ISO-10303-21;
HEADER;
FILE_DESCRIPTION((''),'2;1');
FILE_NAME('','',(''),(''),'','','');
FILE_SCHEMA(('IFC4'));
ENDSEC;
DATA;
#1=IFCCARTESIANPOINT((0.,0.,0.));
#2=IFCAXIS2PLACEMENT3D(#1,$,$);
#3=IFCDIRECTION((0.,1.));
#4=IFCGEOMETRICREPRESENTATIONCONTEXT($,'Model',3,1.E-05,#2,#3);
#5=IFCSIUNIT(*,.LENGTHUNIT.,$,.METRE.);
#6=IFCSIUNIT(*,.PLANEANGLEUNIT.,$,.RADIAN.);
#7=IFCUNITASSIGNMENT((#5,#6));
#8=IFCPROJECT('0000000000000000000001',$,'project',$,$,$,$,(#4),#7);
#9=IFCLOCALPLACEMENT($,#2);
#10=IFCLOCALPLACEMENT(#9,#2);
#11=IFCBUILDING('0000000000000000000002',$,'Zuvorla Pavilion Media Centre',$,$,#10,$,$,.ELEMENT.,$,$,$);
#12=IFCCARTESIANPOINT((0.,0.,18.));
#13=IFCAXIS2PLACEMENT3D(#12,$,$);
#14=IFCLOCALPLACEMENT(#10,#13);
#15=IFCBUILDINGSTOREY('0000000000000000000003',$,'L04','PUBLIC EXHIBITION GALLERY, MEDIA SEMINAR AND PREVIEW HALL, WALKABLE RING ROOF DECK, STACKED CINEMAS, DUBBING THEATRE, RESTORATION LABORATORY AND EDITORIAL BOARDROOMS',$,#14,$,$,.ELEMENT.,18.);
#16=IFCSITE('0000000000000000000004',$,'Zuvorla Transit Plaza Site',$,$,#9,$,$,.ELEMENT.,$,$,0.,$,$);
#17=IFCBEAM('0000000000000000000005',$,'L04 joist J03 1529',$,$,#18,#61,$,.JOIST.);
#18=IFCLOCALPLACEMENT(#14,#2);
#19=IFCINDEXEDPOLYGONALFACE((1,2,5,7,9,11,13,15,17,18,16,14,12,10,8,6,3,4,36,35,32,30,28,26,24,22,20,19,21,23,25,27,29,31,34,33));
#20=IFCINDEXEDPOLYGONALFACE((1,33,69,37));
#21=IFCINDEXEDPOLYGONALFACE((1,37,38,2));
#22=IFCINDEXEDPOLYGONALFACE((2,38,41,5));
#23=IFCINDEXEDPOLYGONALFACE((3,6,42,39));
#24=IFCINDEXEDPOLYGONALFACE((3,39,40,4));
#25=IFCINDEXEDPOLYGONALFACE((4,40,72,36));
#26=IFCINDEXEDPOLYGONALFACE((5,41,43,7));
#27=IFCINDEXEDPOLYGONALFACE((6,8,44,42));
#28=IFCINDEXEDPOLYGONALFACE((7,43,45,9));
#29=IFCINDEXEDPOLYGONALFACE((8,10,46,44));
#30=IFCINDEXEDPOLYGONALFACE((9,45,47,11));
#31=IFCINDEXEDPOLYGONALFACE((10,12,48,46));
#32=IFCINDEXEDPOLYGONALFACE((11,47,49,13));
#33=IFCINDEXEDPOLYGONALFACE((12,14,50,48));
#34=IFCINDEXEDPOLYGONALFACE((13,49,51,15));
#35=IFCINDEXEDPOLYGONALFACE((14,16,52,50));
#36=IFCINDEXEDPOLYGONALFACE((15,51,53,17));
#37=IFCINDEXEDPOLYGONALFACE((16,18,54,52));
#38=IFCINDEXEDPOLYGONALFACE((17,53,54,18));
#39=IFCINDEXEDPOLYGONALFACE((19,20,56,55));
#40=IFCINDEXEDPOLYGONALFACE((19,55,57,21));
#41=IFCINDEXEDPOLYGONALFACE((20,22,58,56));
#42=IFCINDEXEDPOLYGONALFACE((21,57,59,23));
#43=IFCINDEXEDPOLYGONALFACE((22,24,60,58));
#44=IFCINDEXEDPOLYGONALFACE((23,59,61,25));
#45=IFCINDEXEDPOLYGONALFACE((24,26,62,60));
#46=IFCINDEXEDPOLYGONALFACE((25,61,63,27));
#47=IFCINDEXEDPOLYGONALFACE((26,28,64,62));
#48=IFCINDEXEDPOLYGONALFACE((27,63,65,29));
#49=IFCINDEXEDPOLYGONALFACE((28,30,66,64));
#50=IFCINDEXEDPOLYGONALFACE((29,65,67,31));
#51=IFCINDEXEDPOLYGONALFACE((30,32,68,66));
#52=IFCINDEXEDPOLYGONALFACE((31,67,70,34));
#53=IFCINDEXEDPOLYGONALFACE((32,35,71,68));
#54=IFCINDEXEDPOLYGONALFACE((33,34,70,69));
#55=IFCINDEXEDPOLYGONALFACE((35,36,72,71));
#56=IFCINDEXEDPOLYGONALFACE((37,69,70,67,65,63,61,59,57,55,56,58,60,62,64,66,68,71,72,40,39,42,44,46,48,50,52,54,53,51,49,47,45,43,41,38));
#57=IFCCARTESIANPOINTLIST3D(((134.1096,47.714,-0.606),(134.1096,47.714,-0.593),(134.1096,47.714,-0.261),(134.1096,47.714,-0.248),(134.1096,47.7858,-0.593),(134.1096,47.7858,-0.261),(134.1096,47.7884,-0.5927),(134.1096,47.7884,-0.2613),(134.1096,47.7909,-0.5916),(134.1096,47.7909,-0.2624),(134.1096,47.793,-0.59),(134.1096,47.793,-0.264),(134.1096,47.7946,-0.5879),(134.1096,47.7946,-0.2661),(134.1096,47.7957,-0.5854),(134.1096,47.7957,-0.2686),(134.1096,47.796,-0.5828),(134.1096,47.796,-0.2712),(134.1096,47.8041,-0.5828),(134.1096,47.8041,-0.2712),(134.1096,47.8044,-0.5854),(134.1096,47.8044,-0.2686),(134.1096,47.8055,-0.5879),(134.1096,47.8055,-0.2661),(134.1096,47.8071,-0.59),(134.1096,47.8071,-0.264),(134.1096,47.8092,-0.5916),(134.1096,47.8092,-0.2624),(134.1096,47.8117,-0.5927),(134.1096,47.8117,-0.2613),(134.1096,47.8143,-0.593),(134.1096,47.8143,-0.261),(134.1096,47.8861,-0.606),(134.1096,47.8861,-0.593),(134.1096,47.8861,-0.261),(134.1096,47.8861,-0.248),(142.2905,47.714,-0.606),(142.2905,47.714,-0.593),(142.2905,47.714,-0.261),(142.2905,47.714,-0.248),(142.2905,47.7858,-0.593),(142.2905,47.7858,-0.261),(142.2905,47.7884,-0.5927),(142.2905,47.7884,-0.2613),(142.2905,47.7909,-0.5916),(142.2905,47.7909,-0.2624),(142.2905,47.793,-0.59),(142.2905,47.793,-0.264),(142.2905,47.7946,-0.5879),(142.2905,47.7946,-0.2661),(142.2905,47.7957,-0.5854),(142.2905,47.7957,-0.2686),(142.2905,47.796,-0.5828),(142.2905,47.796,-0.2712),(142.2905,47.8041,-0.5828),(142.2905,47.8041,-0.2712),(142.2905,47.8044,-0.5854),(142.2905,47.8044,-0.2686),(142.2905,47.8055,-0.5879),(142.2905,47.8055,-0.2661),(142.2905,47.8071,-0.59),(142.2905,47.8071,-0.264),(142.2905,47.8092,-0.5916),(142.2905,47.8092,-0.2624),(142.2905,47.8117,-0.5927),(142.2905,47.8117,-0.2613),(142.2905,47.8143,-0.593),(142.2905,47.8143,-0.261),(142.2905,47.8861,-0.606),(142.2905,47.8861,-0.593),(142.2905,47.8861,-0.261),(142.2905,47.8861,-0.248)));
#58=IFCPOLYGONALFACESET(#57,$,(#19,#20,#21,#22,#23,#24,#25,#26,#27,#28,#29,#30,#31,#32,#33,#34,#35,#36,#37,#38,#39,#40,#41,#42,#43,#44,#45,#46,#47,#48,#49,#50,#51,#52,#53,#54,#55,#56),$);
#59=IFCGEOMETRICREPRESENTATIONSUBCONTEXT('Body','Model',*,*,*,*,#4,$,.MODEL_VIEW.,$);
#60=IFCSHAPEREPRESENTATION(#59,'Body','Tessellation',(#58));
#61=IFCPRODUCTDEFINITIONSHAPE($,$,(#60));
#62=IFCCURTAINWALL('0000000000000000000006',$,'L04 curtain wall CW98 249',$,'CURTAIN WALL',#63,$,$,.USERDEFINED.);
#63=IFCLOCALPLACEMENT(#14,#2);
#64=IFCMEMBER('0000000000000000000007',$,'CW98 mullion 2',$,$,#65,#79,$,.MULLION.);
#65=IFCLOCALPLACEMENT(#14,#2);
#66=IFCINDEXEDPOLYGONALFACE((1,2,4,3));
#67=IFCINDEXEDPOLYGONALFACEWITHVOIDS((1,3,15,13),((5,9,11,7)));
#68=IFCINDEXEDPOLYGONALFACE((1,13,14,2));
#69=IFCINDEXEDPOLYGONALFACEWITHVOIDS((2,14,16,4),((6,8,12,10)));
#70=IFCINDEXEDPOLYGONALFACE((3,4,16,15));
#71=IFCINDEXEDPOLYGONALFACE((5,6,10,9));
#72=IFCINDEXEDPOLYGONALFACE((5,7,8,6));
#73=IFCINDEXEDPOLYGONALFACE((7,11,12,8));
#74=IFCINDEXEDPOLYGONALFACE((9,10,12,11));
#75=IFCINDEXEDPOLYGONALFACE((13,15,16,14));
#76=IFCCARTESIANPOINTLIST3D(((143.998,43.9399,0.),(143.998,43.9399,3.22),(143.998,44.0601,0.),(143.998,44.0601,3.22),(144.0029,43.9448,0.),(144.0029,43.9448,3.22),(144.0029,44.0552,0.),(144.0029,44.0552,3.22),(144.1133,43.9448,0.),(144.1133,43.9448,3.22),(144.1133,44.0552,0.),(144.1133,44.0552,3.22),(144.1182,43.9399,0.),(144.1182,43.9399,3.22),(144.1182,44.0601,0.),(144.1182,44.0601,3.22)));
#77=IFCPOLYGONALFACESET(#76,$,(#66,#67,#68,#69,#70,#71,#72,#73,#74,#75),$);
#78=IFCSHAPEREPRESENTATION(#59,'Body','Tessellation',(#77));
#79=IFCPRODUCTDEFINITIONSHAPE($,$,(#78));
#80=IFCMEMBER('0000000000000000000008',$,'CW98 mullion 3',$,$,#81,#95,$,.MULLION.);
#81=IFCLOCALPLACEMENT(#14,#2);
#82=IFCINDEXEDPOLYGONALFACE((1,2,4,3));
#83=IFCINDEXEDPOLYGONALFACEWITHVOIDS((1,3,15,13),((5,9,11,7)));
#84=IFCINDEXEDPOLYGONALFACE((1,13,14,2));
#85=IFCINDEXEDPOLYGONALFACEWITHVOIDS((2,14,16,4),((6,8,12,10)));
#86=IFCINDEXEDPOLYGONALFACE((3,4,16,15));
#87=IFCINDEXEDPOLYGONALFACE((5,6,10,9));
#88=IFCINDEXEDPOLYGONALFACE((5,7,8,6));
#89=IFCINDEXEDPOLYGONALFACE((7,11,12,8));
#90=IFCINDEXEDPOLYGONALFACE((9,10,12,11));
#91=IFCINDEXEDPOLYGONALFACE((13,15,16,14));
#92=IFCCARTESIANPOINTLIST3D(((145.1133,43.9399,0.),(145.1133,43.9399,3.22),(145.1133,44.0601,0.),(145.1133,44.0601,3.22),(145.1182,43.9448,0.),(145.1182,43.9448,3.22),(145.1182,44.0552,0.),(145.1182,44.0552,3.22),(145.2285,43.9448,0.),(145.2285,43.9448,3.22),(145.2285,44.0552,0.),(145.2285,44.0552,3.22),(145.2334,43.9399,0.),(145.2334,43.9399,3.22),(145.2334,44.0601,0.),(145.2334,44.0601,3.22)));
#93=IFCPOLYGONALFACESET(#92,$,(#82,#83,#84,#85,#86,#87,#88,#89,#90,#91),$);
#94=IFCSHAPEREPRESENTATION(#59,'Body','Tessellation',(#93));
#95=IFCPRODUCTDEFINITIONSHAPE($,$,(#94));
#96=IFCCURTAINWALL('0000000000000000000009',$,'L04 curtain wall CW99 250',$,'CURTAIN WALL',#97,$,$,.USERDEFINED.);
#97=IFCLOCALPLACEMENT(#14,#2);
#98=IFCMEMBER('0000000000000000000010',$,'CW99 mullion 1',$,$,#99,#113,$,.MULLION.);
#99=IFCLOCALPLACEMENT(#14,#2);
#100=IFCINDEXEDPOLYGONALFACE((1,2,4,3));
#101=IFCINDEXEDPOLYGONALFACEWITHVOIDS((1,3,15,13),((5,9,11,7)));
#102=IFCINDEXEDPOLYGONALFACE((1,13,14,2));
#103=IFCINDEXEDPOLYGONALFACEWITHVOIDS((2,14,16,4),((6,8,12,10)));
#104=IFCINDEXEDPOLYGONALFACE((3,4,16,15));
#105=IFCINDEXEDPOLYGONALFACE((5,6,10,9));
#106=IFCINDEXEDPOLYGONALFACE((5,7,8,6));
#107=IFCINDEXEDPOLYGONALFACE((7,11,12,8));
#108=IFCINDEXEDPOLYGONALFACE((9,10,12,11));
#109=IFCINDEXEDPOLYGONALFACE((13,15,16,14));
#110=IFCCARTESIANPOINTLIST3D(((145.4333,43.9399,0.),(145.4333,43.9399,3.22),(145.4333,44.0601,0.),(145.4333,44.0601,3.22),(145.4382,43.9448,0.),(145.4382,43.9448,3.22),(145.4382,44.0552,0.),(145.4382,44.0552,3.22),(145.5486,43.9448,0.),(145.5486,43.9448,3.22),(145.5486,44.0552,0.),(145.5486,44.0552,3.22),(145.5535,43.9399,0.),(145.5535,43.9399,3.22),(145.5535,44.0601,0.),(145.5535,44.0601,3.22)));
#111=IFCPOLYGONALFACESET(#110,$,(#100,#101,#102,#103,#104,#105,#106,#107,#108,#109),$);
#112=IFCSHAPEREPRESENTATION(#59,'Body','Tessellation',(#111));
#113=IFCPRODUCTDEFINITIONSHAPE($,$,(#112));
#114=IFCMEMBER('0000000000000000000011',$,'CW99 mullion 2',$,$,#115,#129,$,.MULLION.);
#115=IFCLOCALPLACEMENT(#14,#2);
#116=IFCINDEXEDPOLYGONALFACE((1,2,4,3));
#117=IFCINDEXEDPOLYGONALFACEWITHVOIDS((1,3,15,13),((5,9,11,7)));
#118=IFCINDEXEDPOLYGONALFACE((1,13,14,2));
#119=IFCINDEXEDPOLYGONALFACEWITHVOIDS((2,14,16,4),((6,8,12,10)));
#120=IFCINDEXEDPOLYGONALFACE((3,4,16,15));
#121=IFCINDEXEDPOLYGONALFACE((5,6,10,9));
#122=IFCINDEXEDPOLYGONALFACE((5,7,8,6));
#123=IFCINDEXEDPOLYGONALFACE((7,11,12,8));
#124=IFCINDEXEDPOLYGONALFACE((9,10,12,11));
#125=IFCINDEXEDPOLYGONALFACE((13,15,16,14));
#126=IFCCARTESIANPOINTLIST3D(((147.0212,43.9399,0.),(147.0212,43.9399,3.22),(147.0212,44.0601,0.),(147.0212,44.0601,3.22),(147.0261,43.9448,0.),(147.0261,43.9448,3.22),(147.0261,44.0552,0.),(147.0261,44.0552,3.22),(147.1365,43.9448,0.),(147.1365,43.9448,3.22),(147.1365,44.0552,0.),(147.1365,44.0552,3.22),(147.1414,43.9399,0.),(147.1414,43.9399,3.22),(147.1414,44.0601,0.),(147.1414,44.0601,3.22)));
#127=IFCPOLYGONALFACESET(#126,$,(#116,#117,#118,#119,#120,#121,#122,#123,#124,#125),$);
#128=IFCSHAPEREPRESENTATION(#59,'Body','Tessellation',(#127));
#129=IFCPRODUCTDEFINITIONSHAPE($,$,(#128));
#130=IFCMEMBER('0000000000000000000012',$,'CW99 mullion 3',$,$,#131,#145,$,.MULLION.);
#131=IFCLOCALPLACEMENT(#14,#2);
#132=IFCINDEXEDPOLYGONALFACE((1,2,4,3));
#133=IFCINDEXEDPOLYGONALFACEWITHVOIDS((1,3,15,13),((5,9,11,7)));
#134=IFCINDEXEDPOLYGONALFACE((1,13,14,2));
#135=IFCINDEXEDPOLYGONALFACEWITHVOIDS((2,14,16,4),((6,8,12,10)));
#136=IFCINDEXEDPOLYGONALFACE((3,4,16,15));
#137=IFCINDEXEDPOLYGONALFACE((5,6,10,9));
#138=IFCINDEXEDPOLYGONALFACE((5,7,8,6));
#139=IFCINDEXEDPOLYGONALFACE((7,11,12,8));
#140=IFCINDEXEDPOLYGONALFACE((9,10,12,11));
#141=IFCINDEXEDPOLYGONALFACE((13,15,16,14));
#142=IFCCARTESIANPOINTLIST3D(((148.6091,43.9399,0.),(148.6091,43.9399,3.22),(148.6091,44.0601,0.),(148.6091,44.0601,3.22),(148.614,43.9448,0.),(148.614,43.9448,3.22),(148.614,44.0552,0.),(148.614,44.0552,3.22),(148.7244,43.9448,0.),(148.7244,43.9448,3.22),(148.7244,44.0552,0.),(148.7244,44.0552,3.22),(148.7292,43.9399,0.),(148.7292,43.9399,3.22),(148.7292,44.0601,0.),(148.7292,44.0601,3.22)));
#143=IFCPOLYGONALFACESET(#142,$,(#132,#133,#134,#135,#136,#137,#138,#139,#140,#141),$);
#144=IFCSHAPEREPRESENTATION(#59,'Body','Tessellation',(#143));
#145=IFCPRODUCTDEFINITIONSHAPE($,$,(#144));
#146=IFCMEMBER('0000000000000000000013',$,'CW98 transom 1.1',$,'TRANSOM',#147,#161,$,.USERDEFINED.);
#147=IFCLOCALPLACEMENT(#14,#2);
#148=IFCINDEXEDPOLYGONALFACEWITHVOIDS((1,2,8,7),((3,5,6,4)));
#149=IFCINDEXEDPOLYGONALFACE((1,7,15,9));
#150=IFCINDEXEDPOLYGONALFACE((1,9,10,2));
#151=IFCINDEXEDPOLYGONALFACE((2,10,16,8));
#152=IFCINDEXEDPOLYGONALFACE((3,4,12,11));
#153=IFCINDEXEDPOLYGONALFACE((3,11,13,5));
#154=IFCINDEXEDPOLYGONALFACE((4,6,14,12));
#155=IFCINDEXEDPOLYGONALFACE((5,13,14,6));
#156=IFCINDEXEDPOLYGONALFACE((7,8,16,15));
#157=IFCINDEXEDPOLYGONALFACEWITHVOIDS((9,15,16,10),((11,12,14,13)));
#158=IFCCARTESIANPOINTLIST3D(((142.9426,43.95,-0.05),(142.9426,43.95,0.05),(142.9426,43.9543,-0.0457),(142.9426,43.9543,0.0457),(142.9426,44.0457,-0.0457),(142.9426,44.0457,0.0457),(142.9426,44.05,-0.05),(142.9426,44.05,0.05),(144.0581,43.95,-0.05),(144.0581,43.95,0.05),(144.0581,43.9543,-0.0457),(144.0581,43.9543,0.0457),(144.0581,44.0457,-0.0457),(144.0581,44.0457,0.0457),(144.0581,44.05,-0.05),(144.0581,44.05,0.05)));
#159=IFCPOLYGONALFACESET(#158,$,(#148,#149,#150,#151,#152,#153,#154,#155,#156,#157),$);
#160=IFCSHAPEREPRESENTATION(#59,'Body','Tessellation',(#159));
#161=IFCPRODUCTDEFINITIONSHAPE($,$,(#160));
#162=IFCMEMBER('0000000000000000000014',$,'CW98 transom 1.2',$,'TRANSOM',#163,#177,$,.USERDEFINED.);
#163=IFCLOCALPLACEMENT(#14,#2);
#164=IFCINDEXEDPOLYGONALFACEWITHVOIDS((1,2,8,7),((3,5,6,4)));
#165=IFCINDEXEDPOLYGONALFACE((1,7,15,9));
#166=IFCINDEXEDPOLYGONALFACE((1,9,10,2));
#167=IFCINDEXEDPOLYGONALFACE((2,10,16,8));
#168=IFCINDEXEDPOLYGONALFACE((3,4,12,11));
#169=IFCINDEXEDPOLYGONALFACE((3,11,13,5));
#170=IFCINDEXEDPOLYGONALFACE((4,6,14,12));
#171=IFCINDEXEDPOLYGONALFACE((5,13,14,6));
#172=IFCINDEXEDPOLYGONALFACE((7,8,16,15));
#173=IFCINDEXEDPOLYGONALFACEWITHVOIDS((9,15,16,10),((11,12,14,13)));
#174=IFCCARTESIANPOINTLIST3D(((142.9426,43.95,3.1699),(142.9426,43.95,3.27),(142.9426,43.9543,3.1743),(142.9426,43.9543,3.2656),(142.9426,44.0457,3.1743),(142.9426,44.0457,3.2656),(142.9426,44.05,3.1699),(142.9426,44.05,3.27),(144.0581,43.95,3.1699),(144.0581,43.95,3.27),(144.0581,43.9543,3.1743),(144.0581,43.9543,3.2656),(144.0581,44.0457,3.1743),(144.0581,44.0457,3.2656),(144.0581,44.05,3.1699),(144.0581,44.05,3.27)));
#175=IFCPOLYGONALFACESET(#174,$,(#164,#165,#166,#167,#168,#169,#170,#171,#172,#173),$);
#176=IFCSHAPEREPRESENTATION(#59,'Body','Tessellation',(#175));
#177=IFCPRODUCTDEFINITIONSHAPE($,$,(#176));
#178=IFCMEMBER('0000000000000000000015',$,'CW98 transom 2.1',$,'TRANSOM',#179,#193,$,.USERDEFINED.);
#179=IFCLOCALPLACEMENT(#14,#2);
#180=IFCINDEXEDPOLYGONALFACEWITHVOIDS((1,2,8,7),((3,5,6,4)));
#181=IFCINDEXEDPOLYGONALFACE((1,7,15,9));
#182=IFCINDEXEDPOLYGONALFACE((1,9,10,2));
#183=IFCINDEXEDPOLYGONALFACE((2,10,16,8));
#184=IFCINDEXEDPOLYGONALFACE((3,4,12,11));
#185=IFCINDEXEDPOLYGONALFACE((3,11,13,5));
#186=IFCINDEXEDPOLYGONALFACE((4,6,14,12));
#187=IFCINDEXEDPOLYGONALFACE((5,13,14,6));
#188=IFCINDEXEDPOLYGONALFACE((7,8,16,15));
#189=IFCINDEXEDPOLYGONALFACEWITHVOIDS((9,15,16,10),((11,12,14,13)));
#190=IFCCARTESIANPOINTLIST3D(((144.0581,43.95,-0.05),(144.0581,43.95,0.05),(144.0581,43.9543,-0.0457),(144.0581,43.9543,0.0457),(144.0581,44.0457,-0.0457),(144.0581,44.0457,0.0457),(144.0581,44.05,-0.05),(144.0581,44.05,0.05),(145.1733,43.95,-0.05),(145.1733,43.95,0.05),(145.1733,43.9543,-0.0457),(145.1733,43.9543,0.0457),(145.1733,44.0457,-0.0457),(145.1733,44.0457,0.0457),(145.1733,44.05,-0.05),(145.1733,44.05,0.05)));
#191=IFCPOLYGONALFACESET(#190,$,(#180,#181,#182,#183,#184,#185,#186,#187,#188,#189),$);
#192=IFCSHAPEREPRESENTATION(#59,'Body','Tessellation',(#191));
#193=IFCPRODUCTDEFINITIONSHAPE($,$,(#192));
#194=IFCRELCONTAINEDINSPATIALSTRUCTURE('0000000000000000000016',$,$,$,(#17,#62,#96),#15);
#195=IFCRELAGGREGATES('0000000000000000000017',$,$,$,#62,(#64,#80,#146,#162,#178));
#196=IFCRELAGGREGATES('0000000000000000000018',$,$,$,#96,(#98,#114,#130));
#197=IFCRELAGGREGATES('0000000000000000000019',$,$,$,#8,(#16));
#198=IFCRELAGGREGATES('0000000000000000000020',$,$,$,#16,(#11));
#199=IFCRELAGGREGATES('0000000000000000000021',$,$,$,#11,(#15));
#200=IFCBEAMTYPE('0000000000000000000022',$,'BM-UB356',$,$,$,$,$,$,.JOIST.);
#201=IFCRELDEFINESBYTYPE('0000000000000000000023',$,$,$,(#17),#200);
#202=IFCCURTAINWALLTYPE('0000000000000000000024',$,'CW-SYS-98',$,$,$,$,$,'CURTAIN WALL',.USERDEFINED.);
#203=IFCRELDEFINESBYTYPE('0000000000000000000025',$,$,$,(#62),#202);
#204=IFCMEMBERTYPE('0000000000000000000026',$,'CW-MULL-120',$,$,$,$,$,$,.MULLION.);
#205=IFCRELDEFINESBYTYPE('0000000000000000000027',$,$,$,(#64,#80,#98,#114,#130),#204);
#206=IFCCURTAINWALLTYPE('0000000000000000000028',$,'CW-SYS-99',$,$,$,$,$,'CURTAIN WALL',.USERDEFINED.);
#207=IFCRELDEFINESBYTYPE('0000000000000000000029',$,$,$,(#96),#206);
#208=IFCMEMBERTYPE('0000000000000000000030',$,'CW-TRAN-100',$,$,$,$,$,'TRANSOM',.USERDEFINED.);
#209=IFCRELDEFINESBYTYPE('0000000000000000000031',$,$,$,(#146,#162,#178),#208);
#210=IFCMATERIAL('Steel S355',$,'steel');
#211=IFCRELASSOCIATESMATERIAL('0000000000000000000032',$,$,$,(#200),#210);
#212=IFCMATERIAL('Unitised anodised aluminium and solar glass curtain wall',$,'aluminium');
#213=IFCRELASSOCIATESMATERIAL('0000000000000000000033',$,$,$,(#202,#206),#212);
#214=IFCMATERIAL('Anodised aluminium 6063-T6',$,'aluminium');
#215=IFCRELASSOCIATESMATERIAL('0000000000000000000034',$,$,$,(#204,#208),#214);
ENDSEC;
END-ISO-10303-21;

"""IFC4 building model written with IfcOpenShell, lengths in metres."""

from ifc_helpers import new_model, si_unit, direction, frame, origin, origin_2d, place, context, subcontext, project, spatial, hollow_rectangle, i_section, extrude, material, material_profile, profile_set, type_object, element, aggregate, save


model = new_model("IFC4")

# Units and contexts
model_context = context("Model", 3, precision=1e-05, world=origin(), true_north=direction((0.0, 1.0)))
body_context = subcontext(model_context, "Body", "Model", "MODEL_VIEW")
ifc_project = project(units=[si_unit("LENGTHUNIT", "METRE"), si_unit("PLANEANGLEUNIT", "RADIAN")], contexts=[model_context])

# Site, building, storey
site_placement = place(None, origin())
site = spatial("IfcSite", under=ifc_project, at=site_placement, Name="Zuvorla Transit Plaza Site", CompositionType="ELEMENT", RefElevation=0.0)
building_placement = place(site_placement, origin())
building = spatial("IfcBuilding", under=site, at=building_placement, Name="Zuvorla Pavilion Media Centre", CompositionType="ELEMENT")
storey_placement = place(building_placement, frame((0.0, 0.0, 18.0)))
storey = spatial("IfcBuildingStorey", under=building, at=storey_placement, Name="L04", Description="PUBLIC EXHIBITION GALLERY, MEDIA SEMINAR AND PREVIEW HALL, WALKABLE RING ROOF DECK, STACKED CINEMAS, DUBBING THEATRE, RESTORATION LABORATORY AND EDITORIAL BOARDROOMS", CompositionType="ELEMENT", Elevation=18.0)

# Beam
ifc_material_1 = material(Name="Steel S355", Category="steel")
ifc_material_profile_1 = material_profile(ifc_material_1, i_section(OverallWidth=0.1721, OverallDepth=0.3579, WebThickness=0.0081, FlangeThickness=0.0129, FilletRadius=0.0103, at=origin_2d()), Name="UB 356x171x57")
ifc_profile_set_1 = profile_set([ifc_material_profile_1], Name="Steel S355")
beam_type = type_object("IfcBeamType", Name="BM-UB356", PredefinedType="JOIST", material=ifc_profile_set_1)
beam_placement = place(storey_placement, frame((134.1096, 47.8, -0.427), z_axis=(1.0, 0.0, 0.0), x_axis=(0.0, 1.0, 0.0)))
element("IfcBeam", 1, at=beam_placement, inside=storey, type_object=beam_type, Name="L04 joist J03 1529", PredefinedType="JOIST", context=body_context, shape_type="SweptSolid", body=[
    extrude(i_section(OverallWidth=0.1721, OverallDepth=0.3579, WebThickness=0.0081, FlangeThickness=0.0129, FilletRadius=0.0103, at=origin_2d()), origin(), (0.0, 0.0, 1.0), 8.1809),
])

# Curtain walls, members
ifc_material_2 = material(Name="Unitised anodised aluminium and solar glass curtain wall", Category="aluminium")
curtain_wall_type_1 = type_object("IfcCurtainWallType", Name="CW-SYS-98", ElementType="CURTAIN WALL", PredefinedType="USERDEFINED", material=ifc_material_2)
curtain_wall_1_placement = place(storey_placement, origin())
curtain_wall_1 = element("IfcCurtainWall", 2, at=curtain_wall_1_placement, inside=storey, type_object=curtain_wall_type_1, Name="L04 curtain wall CW98 249", ObjectType="CURTAIN WALL", PredefinedType="USERDEFINED")
ifc_material_3 = material(Name="Anodised aluminium 6063-T6", Category="aluminium")
ifc_material_profile_2 = material_profile(ifc_material_3, hollow_rectangle(XDim=0.1201, YDim=0.1201, WallThickness=0.0049, at=origin_2d()), Name="ALU MULL 120x120")
ifc_profile_set_2 = profile_set([ifc_material_profile_2], Name="Anodised aluminium 6063-T6")
member_type_1 = type_object("IfcMemberType", Name="CW-MULL-120", PredefinedType="MULLION", material=ifc_profile_set_2)
member_1_placement = place(storey_placement, frame((144.0581, 44.0, 0.0), z_axis=(0.0, 0.0, 1.0), x_axis=(1.0, 0.0, 0.0)))
member_1 = element("IfcMember", 3, at=member_1_placement, type_object=member_type_1, Name="CW98 mullion 2", PredefinedType="MULLION", context=body_context, shape_type="SweptSolid", body=[
    extrude(hollow_rectangle(XDim=0.1201, YDim=0.1201, WallThickness=0.0049, at=origin_2d()), origin(), (0.0, 0.0, 1.0), 3.22),
])
member_2_placement = place(storey_placement, frame((145.1733, 44.0, 0.0), z_axis=(0.0, 0.0, 1.0), x_axis=(1.0, 0.0, 0.0)))
member_2 = element("IfcMember", 4, at=member_2_placement, type_object=member_type_1, Name="CW98 mullion 3", PredefinedType="MULLION", context=body_context, shape_type="SweptSolid", body=[
    extrude(hollow_rectangle(XDim=0.1201, YDim=0.1201, WallThickness=0.0049, at=origin_2d()), origin(), (0.0, 0.0, 1.0), 3.22),
])
curtain_wall_type_2 = type_object("IfcCurtainWallType", Name="CW-SYS-99", ElementType="CURTAIN WALL", PredefinedType="USERDEFINED", material=ifc_material_2)
curtain_wall_2_placement = place(storey_placement, origin())
curtain_wall_2 = element("IfcCurtainWall", 5, at=curtain_wall_2_placement, inside=storey, type_object=curtain_wall_type_2, Name="L04 curtain wall CW99 250", ObjectType="CURTAIN WALL", PredefinedType="USERDEFINED")
member_3_placement = place(storey_placement, frame((145.4934, 44.0, 0.0), z_axis=(0.0, 0.0, 1.0), x_axis=(1.0, 0.0, 0.0)))
member_3 = element("IfcMember", 6, at=member_3_placement, type_object=member_type_1, Name="CW99 mullion 1", PredefinedType="MULLION", context=body_context, shape_type="SweptSolid", body=[
    extrude(hollow_rectangle(XDim=0.1201, YDim=0.1201, WallThickness=0.0049, at=origin_2d()), origin(), (0.0, 0.0, 1.0), 3.22),
])
member_4_placement = place(storey_placement, frame((147.0813, 44.0, 0.0), z_axis=(0.0, 0.0, 1.0), x_axis=(1.0, 0.0, 0.0)))
member_4 = element("IfcMember", 7, at=member_4_placement, type_object=member_type_1, Name="CW99 mullion 2", PredefinedType="MULLION", context=body_context, shape_type="SweptSolid", body=[
    extrude(hollow_rectangle(XDim=0.1201, YDim=0.1201, WallThickness=0.0049, at=origin_2d()), origin(), (0.0, 0.0, 1.0), 3.22),
])
member_5_placement = place(storey_placement, frame((148.6692, 44.0, 0.0), z_axis=(0.0, 0.0, 1.0), x_axis=(1.0, 0.0, 0.0)))
member_5 = element("IfcMember", 8, at=member_5_placement, type_object=member_type_1, Name="CW99 mullion 3", PredefinedType="MULLION", context=body_context, shape_type="SweptSolid", body=[
    extrude(hollow_rectangle(XDim=0.1201, YDim=0.1201, WallThickness=0.0049, at=origin_2d()), origin(), (0.0, 0.0, 1.0), 3.22),
])

# Members
ifc_material_profile_3 = material_profile(ifc_material_3, hollow_rectangle(XDim=0.1001, YDim=0.1001, WallThickness=0.0044, at=origin_2d()), Name="ALU TRAN 100x100")
ifc_profile_set_3 = profile_set([ifc_material_profile_3], Name="Anodised aluminium 6063-T6")
member_type_2 = type_object("IfcMemberType", Name="CW-TRAN-100", ElementType="TRANSOM", PredefinedType="USERDEFINED", material=ifc_profile_set_3)
member_6_placement = place(storey_placement, frame((142.9426, 44.0, 0.0), z_axis=(1.0, 0.0, 0.0), x_axis=(0.0, 1.0, 0.0)))
member_6 = element("IfcMember", 9, at=member_6_placement, type_object=member_type_2, Name="CW98 transom 1.1", ObjectType="TRANSOM", PredefinedType="USERDEFINED", context=body_context, shape_type="SweptSolid", body=[
    extrude(hollow_rectangle(XDim=0.1001, YDim=0.1001, WallThickness=0.0044, at=origin_2d()), origin(), (0.0, 0.0, 1.0), 1.1155),
])
member_7_placement = place(storey_placement, frame((142.9426, 44.0, 3.22), z_axis=(1.0, 0.0, 0.0), x_axis=(0.0, 1.0, 0.0)))
member_7 = element("IfcMember", 10, at=member_7_placement, type_object=member_type_2, Name="CW98 transom 1.2", ObjectType="TRANSOM", PredefinedType="USERDEFINED", context=body_context, shape_type="SweptSolid", body=[
    extrude(hollow_rectangle(XDim=0.1001, YDim=0.1001, WallThickness=0.0044, at=origin_2d()), origin(), (0.0, 0.0, 1.0), 1.1155),
])
member_8_placement = place(storey_placement, frame((144.0581, 44.0, 0.0), z_axis=(1.0, 0.0, 0.0), x_axis=(0.0, 1.0, 0.0)))
member_8 = element("IfcMember", 11, at=member_8_placement, type_object=member_type_2, Name="CW98 transom 2.1", ObjectType="TRANSOM", PredefinedType="USERDEFINED", context=body_context, shape_type="SweptSolid", body=[
    extrude(hollow_rectangle(XDim=0.1001, YDim=0.1001, WallThickness=0.0044, at=origin_2d()), origin(), (0.0, 0.0, 1.0), 1.1152),
])

aggregate(curtain_wall_1, [member_1, member_2, member_6, member_7, member_8])
aggregate(curtain_wall_2, [member_3, member_4, member_5])

save(model, "model.ifc")
